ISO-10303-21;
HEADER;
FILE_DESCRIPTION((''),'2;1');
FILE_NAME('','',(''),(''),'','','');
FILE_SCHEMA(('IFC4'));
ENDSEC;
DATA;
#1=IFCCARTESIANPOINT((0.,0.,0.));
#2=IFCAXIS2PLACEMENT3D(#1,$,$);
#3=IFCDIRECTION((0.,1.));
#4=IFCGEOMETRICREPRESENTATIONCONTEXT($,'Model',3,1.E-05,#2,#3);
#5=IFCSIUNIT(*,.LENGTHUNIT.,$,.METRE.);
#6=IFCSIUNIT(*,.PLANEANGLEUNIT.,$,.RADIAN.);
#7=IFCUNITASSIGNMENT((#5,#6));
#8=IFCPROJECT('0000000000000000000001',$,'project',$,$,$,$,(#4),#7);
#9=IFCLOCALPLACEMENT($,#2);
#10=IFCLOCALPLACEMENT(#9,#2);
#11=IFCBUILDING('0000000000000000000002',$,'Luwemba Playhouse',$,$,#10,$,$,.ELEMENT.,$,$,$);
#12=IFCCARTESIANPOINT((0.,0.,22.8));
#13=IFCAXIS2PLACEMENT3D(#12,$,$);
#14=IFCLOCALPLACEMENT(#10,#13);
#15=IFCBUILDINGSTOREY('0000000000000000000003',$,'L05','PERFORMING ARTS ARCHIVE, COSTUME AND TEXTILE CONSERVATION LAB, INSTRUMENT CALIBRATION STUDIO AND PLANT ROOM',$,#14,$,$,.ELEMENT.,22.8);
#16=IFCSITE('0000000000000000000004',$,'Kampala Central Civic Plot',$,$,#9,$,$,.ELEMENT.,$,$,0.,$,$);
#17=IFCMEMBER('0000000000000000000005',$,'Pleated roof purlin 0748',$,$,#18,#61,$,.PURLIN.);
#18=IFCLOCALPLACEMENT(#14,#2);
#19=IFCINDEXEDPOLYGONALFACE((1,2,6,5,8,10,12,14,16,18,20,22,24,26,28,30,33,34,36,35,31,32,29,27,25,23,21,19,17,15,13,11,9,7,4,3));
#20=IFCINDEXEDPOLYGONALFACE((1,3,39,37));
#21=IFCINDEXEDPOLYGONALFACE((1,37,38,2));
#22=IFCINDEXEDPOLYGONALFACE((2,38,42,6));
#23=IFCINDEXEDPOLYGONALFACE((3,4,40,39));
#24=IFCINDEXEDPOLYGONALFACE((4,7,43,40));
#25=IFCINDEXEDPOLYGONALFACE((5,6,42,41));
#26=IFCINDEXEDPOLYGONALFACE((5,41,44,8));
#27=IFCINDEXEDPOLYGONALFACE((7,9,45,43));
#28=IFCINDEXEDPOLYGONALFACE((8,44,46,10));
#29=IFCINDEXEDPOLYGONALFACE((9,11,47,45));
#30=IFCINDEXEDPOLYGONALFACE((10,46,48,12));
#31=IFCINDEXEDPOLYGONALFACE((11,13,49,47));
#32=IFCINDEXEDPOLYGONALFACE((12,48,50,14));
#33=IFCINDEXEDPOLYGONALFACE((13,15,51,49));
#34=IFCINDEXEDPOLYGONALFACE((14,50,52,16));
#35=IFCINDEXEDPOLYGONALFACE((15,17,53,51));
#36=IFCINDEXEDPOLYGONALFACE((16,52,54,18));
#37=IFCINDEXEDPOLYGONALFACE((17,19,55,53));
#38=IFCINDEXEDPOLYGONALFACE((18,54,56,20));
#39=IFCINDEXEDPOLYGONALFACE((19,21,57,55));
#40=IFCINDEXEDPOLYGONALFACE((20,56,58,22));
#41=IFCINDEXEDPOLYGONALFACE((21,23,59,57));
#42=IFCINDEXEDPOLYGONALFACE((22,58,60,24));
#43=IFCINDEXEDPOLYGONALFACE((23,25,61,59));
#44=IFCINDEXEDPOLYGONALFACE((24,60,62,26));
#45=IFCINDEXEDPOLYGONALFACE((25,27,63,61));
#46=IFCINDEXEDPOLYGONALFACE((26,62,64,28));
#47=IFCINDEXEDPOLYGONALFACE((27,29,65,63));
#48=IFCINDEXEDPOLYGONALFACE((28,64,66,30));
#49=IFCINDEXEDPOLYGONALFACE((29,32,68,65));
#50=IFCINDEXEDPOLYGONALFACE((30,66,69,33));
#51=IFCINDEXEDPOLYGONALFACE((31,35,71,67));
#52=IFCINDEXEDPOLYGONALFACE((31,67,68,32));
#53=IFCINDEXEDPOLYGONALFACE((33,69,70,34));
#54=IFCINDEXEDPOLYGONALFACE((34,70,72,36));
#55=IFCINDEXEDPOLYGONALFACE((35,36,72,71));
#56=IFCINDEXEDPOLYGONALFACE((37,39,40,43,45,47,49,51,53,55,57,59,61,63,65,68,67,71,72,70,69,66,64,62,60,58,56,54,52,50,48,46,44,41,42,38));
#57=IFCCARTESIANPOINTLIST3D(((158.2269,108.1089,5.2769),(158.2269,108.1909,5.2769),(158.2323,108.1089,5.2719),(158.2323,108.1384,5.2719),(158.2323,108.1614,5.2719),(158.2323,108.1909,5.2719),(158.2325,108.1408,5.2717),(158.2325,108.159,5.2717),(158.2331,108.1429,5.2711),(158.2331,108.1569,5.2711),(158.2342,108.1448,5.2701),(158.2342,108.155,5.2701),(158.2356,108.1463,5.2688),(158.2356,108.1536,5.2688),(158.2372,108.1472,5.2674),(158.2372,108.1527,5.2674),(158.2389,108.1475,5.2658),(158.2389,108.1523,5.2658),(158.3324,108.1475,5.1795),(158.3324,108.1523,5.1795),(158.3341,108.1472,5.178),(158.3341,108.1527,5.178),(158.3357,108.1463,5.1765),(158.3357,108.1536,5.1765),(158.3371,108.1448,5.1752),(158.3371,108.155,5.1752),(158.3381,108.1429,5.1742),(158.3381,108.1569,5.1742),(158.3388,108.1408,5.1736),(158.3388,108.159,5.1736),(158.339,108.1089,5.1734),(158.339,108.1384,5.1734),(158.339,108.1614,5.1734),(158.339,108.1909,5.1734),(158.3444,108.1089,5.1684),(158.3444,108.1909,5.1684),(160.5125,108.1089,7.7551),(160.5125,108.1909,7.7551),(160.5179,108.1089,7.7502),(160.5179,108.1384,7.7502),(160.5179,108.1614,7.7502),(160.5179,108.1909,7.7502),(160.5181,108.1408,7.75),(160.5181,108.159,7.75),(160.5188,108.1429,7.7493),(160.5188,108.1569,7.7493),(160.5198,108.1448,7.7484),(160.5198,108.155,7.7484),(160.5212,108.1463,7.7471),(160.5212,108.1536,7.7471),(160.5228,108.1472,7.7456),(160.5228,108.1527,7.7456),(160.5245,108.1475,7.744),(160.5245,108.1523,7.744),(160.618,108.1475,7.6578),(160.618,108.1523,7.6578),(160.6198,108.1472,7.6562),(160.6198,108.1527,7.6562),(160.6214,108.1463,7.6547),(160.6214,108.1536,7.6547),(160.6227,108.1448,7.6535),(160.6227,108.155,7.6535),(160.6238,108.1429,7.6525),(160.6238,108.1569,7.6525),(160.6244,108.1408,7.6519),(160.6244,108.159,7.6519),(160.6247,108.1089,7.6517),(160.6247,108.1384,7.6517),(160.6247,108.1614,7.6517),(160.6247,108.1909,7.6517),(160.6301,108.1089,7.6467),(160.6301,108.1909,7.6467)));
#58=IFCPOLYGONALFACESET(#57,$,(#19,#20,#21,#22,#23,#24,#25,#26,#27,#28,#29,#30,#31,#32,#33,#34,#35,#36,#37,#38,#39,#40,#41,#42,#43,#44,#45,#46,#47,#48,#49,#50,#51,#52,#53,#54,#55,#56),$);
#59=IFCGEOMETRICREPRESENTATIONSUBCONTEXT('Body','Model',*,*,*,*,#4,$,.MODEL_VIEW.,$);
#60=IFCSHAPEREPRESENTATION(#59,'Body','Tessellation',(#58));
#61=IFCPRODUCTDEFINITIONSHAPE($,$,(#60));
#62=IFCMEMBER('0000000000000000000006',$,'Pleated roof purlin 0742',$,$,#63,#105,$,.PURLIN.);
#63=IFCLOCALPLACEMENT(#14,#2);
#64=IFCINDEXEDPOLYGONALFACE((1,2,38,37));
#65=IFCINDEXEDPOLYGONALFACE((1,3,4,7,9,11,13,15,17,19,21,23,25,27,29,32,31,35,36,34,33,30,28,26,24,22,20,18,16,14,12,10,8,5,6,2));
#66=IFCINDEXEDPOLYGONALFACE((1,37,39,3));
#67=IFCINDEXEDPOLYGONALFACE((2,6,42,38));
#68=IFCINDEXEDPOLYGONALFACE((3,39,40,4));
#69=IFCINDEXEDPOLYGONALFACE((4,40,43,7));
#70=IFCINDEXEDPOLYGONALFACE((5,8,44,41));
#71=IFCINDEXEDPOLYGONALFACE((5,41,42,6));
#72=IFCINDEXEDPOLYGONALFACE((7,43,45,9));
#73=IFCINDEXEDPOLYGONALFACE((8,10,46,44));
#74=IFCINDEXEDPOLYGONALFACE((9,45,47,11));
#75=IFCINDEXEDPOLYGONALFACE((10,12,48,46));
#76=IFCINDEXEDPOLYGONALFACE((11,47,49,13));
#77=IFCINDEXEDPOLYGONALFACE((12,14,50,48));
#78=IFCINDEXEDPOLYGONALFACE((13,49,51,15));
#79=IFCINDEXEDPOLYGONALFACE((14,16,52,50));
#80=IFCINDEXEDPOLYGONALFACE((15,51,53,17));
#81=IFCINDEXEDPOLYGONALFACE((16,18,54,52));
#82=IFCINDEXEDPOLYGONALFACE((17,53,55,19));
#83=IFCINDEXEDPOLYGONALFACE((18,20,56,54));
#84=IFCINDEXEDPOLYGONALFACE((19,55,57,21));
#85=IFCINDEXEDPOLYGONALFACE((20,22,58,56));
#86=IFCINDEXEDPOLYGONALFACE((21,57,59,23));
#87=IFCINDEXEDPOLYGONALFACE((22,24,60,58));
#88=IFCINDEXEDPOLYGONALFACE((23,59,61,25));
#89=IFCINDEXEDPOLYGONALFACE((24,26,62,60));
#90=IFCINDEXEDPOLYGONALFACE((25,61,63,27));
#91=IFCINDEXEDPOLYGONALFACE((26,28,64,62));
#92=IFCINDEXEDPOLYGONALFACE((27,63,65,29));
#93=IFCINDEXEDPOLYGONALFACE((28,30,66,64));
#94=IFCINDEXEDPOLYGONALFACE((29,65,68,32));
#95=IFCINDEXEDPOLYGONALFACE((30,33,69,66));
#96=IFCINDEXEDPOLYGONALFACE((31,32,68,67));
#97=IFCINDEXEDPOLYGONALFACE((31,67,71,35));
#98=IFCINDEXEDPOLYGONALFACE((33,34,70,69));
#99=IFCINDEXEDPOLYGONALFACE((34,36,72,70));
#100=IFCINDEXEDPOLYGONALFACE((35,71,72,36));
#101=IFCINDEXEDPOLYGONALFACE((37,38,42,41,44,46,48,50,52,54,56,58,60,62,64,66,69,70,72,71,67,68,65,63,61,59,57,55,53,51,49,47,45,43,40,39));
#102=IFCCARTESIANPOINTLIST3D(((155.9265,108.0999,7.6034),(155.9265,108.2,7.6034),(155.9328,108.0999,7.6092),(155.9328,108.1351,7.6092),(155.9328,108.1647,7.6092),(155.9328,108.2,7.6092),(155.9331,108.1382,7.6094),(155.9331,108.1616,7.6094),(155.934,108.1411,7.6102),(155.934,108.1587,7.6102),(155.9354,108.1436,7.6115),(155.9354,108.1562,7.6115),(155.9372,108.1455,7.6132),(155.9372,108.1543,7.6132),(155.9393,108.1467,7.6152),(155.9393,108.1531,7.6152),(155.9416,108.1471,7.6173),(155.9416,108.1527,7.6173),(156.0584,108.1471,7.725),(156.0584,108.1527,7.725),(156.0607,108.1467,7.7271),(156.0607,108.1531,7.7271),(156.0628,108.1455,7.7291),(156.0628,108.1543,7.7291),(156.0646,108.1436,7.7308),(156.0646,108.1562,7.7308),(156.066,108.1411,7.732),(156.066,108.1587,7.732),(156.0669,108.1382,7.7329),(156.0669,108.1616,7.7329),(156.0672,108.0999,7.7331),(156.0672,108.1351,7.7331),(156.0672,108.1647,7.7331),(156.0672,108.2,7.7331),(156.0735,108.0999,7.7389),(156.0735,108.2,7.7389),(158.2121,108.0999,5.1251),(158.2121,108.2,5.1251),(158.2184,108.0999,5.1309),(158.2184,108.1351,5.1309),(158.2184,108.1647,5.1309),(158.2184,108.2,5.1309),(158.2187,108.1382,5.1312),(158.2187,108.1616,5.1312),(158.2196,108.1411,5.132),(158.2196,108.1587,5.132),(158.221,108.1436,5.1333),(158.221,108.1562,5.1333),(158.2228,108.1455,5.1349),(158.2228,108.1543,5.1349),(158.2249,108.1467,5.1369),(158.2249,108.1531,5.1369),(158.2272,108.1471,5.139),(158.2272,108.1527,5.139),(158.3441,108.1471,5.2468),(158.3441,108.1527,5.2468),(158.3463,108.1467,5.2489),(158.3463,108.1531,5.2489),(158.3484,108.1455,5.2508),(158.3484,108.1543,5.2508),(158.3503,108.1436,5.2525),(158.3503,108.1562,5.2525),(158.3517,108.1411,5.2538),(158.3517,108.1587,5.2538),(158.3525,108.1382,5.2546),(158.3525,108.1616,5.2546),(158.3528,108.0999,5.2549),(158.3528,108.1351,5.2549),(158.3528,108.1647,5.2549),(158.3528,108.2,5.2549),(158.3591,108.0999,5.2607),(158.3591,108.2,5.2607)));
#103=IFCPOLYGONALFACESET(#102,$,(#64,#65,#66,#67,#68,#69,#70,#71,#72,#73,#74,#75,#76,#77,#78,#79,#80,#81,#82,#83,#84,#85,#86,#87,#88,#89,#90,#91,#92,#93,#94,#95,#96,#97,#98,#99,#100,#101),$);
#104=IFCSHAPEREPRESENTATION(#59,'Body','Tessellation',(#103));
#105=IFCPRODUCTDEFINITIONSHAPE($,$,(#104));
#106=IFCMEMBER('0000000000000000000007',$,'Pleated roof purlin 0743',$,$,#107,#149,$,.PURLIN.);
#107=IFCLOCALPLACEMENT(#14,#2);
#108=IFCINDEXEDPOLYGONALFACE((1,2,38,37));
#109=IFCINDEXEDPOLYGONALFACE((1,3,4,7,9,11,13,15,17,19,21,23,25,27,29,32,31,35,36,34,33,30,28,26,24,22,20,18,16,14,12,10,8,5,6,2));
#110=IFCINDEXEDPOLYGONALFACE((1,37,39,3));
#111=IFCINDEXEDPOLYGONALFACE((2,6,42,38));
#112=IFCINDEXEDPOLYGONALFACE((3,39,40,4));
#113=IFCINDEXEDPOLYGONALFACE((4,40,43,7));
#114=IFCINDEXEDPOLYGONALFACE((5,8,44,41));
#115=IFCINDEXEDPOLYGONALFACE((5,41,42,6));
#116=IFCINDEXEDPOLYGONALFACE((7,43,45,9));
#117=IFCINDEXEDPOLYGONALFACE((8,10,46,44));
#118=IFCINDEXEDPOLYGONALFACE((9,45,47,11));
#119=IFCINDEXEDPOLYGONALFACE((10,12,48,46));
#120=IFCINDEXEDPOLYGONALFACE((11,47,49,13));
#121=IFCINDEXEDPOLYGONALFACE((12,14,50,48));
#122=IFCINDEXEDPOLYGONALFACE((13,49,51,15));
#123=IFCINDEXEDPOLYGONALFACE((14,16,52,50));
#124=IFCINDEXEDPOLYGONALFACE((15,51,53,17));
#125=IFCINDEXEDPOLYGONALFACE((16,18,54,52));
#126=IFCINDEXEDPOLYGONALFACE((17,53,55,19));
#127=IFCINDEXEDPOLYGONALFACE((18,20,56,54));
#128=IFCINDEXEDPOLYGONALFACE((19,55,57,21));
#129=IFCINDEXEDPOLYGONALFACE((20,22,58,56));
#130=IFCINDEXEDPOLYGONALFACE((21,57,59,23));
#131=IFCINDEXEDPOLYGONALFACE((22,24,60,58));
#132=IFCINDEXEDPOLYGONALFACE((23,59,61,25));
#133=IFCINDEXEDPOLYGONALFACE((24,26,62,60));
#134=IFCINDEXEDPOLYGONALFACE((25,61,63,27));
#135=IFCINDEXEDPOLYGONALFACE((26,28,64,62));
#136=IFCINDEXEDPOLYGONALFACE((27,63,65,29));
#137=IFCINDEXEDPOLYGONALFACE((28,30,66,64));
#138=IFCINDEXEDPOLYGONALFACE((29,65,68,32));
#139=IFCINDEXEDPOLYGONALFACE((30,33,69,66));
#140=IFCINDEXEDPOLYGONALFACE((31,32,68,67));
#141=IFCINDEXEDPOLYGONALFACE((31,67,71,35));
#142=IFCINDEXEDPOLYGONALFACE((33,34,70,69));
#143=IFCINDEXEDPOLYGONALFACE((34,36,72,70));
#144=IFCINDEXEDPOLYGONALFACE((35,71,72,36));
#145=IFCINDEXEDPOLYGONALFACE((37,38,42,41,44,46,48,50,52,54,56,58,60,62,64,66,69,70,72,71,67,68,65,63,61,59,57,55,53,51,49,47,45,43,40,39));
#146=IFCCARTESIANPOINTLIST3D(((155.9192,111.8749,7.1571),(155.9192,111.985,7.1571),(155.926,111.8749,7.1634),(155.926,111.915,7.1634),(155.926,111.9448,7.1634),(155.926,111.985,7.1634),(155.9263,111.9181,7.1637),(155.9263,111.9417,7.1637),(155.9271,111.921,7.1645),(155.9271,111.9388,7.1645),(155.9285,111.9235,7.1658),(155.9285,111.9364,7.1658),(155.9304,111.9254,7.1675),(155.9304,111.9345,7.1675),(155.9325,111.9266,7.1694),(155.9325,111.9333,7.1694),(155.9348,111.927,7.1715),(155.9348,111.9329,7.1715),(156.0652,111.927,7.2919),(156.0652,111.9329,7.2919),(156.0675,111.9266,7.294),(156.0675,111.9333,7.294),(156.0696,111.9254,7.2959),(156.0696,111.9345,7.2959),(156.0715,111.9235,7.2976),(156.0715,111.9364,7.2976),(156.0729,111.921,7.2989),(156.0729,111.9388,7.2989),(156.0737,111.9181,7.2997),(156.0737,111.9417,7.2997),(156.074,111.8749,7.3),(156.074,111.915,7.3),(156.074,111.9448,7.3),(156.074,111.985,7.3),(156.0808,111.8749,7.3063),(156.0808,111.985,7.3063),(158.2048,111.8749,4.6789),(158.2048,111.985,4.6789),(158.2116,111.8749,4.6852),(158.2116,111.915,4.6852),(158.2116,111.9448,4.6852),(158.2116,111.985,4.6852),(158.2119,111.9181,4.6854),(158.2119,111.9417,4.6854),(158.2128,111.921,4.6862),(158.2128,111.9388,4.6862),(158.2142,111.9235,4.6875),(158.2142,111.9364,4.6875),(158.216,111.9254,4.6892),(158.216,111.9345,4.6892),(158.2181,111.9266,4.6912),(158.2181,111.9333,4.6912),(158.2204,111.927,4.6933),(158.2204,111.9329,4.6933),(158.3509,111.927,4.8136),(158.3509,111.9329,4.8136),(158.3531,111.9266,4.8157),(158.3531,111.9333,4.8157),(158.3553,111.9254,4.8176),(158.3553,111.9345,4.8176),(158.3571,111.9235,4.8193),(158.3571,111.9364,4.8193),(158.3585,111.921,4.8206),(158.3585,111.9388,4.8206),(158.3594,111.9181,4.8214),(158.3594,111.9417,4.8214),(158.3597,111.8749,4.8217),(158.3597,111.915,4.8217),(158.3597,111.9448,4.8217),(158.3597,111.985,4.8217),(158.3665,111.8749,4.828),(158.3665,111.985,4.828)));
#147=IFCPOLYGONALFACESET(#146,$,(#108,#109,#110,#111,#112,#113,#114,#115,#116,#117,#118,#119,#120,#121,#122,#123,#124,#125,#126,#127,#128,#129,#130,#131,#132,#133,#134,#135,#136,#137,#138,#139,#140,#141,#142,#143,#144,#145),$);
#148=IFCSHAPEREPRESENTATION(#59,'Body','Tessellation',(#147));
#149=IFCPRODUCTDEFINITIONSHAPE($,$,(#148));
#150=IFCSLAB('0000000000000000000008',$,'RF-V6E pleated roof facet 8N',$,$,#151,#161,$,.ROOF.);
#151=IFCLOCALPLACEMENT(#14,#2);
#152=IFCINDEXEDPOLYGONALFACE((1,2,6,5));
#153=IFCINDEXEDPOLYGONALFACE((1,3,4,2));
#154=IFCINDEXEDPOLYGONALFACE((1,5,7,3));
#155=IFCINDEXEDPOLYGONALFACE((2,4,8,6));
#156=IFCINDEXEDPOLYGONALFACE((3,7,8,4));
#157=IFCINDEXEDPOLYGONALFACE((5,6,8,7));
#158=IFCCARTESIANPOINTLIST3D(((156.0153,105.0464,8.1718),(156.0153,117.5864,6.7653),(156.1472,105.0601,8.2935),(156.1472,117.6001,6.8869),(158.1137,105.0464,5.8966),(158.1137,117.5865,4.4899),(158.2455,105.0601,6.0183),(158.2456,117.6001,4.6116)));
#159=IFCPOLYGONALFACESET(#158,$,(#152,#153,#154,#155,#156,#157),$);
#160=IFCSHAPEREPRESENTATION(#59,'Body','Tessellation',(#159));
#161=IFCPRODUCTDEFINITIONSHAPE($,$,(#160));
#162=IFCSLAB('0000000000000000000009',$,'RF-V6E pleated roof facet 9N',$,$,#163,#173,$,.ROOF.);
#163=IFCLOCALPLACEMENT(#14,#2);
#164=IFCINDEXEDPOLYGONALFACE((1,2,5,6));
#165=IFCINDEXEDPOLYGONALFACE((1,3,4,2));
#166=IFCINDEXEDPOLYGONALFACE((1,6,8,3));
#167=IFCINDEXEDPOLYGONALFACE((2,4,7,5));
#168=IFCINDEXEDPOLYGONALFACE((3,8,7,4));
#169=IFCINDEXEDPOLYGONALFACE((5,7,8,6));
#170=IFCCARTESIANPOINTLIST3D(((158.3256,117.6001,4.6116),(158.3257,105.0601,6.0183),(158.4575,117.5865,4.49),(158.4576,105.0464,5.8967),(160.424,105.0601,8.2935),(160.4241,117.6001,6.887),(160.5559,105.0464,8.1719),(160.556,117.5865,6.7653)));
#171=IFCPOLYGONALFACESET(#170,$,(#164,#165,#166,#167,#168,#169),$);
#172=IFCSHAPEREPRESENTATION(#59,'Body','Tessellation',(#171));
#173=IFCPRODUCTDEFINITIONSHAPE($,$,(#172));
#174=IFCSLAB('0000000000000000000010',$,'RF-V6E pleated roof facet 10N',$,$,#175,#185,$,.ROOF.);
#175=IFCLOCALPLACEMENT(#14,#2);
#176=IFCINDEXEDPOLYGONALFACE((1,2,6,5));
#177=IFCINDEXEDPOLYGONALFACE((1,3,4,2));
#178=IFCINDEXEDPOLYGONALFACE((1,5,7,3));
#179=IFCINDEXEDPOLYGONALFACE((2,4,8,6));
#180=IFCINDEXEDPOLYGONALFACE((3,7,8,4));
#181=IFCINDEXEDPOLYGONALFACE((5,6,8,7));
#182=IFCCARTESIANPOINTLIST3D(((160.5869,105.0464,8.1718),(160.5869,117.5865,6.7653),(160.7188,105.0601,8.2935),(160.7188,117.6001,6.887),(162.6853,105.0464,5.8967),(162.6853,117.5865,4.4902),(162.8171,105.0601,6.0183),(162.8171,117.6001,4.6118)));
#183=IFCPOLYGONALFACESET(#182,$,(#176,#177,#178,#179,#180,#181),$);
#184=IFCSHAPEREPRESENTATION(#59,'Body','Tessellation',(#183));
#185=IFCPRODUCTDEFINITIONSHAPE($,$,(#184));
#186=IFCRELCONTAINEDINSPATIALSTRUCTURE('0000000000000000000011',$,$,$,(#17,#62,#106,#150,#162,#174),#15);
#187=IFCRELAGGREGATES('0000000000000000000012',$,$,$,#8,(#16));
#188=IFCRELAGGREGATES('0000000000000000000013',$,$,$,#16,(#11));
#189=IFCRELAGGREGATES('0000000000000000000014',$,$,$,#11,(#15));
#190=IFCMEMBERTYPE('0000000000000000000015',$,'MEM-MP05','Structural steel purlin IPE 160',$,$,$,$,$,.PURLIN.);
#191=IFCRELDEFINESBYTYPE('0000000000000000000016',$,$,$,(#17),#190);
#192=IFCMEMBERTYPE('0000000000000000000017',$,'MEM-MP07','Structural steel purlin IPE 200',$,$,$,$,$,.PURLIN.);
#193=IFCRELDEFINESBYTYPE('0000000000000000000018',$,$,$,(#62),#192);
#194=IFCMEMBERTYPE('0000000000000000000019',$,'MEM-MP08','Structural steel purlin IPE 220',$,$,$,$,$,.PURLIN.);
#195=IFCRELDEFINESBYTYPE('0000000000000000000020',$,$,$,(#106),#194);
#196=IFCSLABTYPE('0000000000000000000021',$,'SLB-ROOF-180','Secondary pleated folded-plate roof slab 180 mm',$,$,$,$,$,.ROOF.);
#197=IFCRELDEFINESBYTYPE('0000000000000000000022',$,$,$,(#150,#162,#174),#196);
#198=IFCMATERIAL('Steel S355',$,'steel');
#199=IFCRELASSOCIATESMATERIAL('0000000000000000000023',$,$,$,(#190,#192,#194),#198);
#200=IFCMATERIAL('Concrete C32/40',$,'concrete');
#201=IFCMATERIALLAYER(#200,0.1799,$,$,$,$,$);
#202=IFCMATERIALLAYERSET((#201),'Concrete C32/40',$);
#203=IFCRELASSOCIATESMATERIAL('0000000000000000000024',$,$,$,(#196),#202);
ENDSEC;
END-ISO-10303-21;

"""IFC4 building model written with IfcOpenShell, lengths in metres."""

from ifc_helpers import new_model, si_unit, direction, frame, origin, origin_2d, place, context, subcontext, project, spatial, polyline, i_section, outline, extrude, material, layer, layer_set, material_profile, profile_set, type_object, element, save


model = new_model("IFC4")

# Units and contexts
model_context = context("Model", 3, precision=1e-05, world=origin(), true_north=direction((0.0, 1.0)))
body_context = subcontext(model_context, "Body", "Model", "MODEL_VIEW")
ifc_project = project(units=[si_unit("LENGTHUNIT", "METRE"), si_unit("PLANEANGLEUNIT", "RADIAN")], contexts=[model_context])

# Site, building, storey
site_placement = place(None, origin())
site = spatial("IfcSite", under=ifc_project, at=site_placement, Name="Kampala Central Civic Plot", CompositionType="ELEMENT", RefElevation=0.0)
building_placement = place(site_placement, origin())
building = spatial("IfcBuilding", under=site, at=building_placement, Name="Luwemba Playhouse", CompositionType="ELEMENT")
storey_placement = place(building_placement, frame((0.0, 0.0, 22.8)))
storey = spatial("IfcBuildingStorey", under=building, at=storey_placement, Name="L05", Description="PERFORMING ARTS ARCHIVE, COSTUME AND TEXTILE CONSERVATION LAB, INSTRUMENT CALIBRATION STUDIO AND PLANT ROOM", CompositionType="ELEMENT", Elevation=22.8)

# Shared definitions
ifc_material_1 = material(Name="Steel S355", Category="steel")

# Members
ifc_material_profile_1 = material_profile(ifc_material_1, i_section(OverallWidth=0.082, OverallDepth=0.1599, WebThickness=0.0049, FlangeThickness=0.0073, FilletRadius=0.009, at=origin_2d()))
ifc_profile_set_1 = profile_set([ifc_material_profile_1], Name="Steel S355")
member_type_1 = type_object("IfcMemberType", Name="MEM-MP05", Description="Structural steel purlin IPE 160", PredefinedType="PURLIN", material=ifc_profile_set_1)
member_1_placement = place(storey_placement, frame((158.2856, 108.1499, 5.2227), z_axis=(0.677961, 0.0, 0.735098), x_axis=(0.0, 1.0, 0.0)))
element("IfcMember", 1, at=member_1_placement, inside=storey, type_object=member_type_1, Name="Pleated roof purlin 0748", PredefinedType="PURLIN", context=body_context, shape_type="SweptSolid", body=[
    extrude(i_section(OverallWidth=0.082, OverallDepth=0.1599, WebThickness=0.0049, FlangeThickness=0.0073, FilletRadius=0.009, at=origin_2d()), origin(), (0.0, 0.0, 1.0), 3.3713),
])
ifc_material_profile_2 = material_profile(ifc_material_1, i_section(OverallWidth=0.1001, OverallDepth=0.2, WebThickness=0.0056, FlangeThickness=0.0085, FilletRadius=0.012, at=origin_2d()))
ifc_profile_set_2 = profile_set([ifc_material_profile_2], Name="Steel S355")
member_type_2 = type_object("IfcMemberType", Name="MEM-MP07", Description="Structural steel purlin IPE 200", PredefinedType="PURLIN", material=ifc_profile_set_2)
member_2_placement = place(storey_placement, frame((156.0, 108.1499, 7.6711), z_axis=(0.677961, 0.0, -0.735098), x_axis=(0.0, 1.0, 0.0)))
element("IfcMember", 2, at=member_2_placement, inside=storey, type_object=member_type_2, Name="Pleated roof purlin 0742", PredefinedType="PURLIN", context=body_context, shape_type="SweptSolid", body=[
    extrude(i_section(OverallWidth=0.1001, OverallDepth=0.2, WebThickness=0.0056, FlangeThickness=0.0085, FilletRadius=0.012, at=origin_2d()), origin(), (0.0, 0.0, 1.0), 3.3713),
])
ifc_material_profile_3 = material_profile(ifc_material_1, i_section(OverallWidth=0.1101, OverallDepth=0.22, WebThickness=0.0059, FlangeThickness=0.0093, FilletRadius=0.012, at=origin_2d()))
ifc_profile_set_3 = profile_set([ifc_material_profile_3], Name="Steel S355")
member_type_3 = type_object("IfcMemberType", Name="MEM-MP08", Description="Structural steel purlin IPE 220", PredefinedType="PURLIN", material=ifc_profile_set_3)
member_3_placement = place(storey_placement, frame((156.0, 111.9299, 7.2317), z_axis=(0.677961, 0.0, -0.735098), x_axis=(0.0, 1.0, 0.0)))
element("IfcMember", 3, at=member_3_placement, inside=storey, type_object=member_type_3, Name="Pleated roof purlin 0743", PredefinedType="PURLIN", context=body_context, shape_type="SweptSolid", body=[
    extrude(i_section(OverallWidth=0.1101, OverallDepth=0.22, WebThickness=0.0059, FlangeThickness=0.0093, FilletRadius=0.012, at=origin_2d()), origin(), (0.0, 0.0, 1.0), 3.3713),
])

# Slabs
ifc_material_2 = material(Name="Concrete C32/40", Category="concrete")
ifc_layer_1 = layer(ifc_material_2, 0.1799)
ifc_layer_set_1 = layer_set([ifc_layer_1], Name="Concrete C32/40")
slab_type = type_object("IfcSlabType", Name="SLB-ROOF-180", Description="Secondary pleated folded-plate roof slab 180 mm", PredefinedType="ROOF", material=ifc_layer_set_1)
slab_1_placement = place(storey_placement, frame((156.1472, 105.0601, 8.2935), z_axis=(0.732986, 0.075827, 0.676004), x_axis=(0.677956, -0.000002, -0.735103)))
element("IfcSlab", 4, at=slab_1_placement, inside=storey, type_object=slab_type, Name="RF-V6E pleated roof facet 8N", PredefinedType="ROOF", context=body_context, shape_type="SweptSolid", body=[
    extrude(outline(polyline([(0.0, 0.0), (3.0951, 0.0), (4.1292, 12.5763), (1.0339, 12.5762), (0.0, 0.0)])), origin(), (0.0, 0.0, -1.0), 0.1799),
])
slab_2_placement = place(storey_placement, frame((158.3257, 105.0601, 6.0183), z_axis=(-0.732986, 0.075827, 0.676004), x_axis=(0.677956, 0.000002, 0.735103)))
element("IfcSlab", 5, at=slab_2_placement, inside=storey, type_object=slab_type, Name="RF-V6E pleated roof facet 9N", PredefinedType="ROOF", context=body_context, shape_type="SweptSolid", body=[
    extrude(outline(polyline([(0.0, 0.0), (3.0951, 0.0), (2.0612, 12.5762), (-1.0341, 12.5763), (0.0, 0.0)])), origin(), (0.0, 0.0, -1.0), 0.1799),
])
slab_3_placement = place(storey_placement, frame((160.7188, 105.0601, 8.2935), z_axis=(0.732969, 0.075823, 0.676024), x_axis=(0.677975, 0.0, -0.735085)))
element("IfcSlab", 6, at=slab_3_placement, inside=storey, type_object=slab_type, Name="RF-V6E pleated roof facet 10N", PredefinedType="ROOF", context=body_context, shape_type="SweptSolid", body=[
    extrude(outline(polyline([(0.0, 0.0), (3.0951, 0.0), (4.129, 12.5762), (1.0339, 12.5762), (0.0, 0.0)])), origin(), (0.0, 0.0, -1.0), 0.1799),
])

save(model, "model.ifc")
